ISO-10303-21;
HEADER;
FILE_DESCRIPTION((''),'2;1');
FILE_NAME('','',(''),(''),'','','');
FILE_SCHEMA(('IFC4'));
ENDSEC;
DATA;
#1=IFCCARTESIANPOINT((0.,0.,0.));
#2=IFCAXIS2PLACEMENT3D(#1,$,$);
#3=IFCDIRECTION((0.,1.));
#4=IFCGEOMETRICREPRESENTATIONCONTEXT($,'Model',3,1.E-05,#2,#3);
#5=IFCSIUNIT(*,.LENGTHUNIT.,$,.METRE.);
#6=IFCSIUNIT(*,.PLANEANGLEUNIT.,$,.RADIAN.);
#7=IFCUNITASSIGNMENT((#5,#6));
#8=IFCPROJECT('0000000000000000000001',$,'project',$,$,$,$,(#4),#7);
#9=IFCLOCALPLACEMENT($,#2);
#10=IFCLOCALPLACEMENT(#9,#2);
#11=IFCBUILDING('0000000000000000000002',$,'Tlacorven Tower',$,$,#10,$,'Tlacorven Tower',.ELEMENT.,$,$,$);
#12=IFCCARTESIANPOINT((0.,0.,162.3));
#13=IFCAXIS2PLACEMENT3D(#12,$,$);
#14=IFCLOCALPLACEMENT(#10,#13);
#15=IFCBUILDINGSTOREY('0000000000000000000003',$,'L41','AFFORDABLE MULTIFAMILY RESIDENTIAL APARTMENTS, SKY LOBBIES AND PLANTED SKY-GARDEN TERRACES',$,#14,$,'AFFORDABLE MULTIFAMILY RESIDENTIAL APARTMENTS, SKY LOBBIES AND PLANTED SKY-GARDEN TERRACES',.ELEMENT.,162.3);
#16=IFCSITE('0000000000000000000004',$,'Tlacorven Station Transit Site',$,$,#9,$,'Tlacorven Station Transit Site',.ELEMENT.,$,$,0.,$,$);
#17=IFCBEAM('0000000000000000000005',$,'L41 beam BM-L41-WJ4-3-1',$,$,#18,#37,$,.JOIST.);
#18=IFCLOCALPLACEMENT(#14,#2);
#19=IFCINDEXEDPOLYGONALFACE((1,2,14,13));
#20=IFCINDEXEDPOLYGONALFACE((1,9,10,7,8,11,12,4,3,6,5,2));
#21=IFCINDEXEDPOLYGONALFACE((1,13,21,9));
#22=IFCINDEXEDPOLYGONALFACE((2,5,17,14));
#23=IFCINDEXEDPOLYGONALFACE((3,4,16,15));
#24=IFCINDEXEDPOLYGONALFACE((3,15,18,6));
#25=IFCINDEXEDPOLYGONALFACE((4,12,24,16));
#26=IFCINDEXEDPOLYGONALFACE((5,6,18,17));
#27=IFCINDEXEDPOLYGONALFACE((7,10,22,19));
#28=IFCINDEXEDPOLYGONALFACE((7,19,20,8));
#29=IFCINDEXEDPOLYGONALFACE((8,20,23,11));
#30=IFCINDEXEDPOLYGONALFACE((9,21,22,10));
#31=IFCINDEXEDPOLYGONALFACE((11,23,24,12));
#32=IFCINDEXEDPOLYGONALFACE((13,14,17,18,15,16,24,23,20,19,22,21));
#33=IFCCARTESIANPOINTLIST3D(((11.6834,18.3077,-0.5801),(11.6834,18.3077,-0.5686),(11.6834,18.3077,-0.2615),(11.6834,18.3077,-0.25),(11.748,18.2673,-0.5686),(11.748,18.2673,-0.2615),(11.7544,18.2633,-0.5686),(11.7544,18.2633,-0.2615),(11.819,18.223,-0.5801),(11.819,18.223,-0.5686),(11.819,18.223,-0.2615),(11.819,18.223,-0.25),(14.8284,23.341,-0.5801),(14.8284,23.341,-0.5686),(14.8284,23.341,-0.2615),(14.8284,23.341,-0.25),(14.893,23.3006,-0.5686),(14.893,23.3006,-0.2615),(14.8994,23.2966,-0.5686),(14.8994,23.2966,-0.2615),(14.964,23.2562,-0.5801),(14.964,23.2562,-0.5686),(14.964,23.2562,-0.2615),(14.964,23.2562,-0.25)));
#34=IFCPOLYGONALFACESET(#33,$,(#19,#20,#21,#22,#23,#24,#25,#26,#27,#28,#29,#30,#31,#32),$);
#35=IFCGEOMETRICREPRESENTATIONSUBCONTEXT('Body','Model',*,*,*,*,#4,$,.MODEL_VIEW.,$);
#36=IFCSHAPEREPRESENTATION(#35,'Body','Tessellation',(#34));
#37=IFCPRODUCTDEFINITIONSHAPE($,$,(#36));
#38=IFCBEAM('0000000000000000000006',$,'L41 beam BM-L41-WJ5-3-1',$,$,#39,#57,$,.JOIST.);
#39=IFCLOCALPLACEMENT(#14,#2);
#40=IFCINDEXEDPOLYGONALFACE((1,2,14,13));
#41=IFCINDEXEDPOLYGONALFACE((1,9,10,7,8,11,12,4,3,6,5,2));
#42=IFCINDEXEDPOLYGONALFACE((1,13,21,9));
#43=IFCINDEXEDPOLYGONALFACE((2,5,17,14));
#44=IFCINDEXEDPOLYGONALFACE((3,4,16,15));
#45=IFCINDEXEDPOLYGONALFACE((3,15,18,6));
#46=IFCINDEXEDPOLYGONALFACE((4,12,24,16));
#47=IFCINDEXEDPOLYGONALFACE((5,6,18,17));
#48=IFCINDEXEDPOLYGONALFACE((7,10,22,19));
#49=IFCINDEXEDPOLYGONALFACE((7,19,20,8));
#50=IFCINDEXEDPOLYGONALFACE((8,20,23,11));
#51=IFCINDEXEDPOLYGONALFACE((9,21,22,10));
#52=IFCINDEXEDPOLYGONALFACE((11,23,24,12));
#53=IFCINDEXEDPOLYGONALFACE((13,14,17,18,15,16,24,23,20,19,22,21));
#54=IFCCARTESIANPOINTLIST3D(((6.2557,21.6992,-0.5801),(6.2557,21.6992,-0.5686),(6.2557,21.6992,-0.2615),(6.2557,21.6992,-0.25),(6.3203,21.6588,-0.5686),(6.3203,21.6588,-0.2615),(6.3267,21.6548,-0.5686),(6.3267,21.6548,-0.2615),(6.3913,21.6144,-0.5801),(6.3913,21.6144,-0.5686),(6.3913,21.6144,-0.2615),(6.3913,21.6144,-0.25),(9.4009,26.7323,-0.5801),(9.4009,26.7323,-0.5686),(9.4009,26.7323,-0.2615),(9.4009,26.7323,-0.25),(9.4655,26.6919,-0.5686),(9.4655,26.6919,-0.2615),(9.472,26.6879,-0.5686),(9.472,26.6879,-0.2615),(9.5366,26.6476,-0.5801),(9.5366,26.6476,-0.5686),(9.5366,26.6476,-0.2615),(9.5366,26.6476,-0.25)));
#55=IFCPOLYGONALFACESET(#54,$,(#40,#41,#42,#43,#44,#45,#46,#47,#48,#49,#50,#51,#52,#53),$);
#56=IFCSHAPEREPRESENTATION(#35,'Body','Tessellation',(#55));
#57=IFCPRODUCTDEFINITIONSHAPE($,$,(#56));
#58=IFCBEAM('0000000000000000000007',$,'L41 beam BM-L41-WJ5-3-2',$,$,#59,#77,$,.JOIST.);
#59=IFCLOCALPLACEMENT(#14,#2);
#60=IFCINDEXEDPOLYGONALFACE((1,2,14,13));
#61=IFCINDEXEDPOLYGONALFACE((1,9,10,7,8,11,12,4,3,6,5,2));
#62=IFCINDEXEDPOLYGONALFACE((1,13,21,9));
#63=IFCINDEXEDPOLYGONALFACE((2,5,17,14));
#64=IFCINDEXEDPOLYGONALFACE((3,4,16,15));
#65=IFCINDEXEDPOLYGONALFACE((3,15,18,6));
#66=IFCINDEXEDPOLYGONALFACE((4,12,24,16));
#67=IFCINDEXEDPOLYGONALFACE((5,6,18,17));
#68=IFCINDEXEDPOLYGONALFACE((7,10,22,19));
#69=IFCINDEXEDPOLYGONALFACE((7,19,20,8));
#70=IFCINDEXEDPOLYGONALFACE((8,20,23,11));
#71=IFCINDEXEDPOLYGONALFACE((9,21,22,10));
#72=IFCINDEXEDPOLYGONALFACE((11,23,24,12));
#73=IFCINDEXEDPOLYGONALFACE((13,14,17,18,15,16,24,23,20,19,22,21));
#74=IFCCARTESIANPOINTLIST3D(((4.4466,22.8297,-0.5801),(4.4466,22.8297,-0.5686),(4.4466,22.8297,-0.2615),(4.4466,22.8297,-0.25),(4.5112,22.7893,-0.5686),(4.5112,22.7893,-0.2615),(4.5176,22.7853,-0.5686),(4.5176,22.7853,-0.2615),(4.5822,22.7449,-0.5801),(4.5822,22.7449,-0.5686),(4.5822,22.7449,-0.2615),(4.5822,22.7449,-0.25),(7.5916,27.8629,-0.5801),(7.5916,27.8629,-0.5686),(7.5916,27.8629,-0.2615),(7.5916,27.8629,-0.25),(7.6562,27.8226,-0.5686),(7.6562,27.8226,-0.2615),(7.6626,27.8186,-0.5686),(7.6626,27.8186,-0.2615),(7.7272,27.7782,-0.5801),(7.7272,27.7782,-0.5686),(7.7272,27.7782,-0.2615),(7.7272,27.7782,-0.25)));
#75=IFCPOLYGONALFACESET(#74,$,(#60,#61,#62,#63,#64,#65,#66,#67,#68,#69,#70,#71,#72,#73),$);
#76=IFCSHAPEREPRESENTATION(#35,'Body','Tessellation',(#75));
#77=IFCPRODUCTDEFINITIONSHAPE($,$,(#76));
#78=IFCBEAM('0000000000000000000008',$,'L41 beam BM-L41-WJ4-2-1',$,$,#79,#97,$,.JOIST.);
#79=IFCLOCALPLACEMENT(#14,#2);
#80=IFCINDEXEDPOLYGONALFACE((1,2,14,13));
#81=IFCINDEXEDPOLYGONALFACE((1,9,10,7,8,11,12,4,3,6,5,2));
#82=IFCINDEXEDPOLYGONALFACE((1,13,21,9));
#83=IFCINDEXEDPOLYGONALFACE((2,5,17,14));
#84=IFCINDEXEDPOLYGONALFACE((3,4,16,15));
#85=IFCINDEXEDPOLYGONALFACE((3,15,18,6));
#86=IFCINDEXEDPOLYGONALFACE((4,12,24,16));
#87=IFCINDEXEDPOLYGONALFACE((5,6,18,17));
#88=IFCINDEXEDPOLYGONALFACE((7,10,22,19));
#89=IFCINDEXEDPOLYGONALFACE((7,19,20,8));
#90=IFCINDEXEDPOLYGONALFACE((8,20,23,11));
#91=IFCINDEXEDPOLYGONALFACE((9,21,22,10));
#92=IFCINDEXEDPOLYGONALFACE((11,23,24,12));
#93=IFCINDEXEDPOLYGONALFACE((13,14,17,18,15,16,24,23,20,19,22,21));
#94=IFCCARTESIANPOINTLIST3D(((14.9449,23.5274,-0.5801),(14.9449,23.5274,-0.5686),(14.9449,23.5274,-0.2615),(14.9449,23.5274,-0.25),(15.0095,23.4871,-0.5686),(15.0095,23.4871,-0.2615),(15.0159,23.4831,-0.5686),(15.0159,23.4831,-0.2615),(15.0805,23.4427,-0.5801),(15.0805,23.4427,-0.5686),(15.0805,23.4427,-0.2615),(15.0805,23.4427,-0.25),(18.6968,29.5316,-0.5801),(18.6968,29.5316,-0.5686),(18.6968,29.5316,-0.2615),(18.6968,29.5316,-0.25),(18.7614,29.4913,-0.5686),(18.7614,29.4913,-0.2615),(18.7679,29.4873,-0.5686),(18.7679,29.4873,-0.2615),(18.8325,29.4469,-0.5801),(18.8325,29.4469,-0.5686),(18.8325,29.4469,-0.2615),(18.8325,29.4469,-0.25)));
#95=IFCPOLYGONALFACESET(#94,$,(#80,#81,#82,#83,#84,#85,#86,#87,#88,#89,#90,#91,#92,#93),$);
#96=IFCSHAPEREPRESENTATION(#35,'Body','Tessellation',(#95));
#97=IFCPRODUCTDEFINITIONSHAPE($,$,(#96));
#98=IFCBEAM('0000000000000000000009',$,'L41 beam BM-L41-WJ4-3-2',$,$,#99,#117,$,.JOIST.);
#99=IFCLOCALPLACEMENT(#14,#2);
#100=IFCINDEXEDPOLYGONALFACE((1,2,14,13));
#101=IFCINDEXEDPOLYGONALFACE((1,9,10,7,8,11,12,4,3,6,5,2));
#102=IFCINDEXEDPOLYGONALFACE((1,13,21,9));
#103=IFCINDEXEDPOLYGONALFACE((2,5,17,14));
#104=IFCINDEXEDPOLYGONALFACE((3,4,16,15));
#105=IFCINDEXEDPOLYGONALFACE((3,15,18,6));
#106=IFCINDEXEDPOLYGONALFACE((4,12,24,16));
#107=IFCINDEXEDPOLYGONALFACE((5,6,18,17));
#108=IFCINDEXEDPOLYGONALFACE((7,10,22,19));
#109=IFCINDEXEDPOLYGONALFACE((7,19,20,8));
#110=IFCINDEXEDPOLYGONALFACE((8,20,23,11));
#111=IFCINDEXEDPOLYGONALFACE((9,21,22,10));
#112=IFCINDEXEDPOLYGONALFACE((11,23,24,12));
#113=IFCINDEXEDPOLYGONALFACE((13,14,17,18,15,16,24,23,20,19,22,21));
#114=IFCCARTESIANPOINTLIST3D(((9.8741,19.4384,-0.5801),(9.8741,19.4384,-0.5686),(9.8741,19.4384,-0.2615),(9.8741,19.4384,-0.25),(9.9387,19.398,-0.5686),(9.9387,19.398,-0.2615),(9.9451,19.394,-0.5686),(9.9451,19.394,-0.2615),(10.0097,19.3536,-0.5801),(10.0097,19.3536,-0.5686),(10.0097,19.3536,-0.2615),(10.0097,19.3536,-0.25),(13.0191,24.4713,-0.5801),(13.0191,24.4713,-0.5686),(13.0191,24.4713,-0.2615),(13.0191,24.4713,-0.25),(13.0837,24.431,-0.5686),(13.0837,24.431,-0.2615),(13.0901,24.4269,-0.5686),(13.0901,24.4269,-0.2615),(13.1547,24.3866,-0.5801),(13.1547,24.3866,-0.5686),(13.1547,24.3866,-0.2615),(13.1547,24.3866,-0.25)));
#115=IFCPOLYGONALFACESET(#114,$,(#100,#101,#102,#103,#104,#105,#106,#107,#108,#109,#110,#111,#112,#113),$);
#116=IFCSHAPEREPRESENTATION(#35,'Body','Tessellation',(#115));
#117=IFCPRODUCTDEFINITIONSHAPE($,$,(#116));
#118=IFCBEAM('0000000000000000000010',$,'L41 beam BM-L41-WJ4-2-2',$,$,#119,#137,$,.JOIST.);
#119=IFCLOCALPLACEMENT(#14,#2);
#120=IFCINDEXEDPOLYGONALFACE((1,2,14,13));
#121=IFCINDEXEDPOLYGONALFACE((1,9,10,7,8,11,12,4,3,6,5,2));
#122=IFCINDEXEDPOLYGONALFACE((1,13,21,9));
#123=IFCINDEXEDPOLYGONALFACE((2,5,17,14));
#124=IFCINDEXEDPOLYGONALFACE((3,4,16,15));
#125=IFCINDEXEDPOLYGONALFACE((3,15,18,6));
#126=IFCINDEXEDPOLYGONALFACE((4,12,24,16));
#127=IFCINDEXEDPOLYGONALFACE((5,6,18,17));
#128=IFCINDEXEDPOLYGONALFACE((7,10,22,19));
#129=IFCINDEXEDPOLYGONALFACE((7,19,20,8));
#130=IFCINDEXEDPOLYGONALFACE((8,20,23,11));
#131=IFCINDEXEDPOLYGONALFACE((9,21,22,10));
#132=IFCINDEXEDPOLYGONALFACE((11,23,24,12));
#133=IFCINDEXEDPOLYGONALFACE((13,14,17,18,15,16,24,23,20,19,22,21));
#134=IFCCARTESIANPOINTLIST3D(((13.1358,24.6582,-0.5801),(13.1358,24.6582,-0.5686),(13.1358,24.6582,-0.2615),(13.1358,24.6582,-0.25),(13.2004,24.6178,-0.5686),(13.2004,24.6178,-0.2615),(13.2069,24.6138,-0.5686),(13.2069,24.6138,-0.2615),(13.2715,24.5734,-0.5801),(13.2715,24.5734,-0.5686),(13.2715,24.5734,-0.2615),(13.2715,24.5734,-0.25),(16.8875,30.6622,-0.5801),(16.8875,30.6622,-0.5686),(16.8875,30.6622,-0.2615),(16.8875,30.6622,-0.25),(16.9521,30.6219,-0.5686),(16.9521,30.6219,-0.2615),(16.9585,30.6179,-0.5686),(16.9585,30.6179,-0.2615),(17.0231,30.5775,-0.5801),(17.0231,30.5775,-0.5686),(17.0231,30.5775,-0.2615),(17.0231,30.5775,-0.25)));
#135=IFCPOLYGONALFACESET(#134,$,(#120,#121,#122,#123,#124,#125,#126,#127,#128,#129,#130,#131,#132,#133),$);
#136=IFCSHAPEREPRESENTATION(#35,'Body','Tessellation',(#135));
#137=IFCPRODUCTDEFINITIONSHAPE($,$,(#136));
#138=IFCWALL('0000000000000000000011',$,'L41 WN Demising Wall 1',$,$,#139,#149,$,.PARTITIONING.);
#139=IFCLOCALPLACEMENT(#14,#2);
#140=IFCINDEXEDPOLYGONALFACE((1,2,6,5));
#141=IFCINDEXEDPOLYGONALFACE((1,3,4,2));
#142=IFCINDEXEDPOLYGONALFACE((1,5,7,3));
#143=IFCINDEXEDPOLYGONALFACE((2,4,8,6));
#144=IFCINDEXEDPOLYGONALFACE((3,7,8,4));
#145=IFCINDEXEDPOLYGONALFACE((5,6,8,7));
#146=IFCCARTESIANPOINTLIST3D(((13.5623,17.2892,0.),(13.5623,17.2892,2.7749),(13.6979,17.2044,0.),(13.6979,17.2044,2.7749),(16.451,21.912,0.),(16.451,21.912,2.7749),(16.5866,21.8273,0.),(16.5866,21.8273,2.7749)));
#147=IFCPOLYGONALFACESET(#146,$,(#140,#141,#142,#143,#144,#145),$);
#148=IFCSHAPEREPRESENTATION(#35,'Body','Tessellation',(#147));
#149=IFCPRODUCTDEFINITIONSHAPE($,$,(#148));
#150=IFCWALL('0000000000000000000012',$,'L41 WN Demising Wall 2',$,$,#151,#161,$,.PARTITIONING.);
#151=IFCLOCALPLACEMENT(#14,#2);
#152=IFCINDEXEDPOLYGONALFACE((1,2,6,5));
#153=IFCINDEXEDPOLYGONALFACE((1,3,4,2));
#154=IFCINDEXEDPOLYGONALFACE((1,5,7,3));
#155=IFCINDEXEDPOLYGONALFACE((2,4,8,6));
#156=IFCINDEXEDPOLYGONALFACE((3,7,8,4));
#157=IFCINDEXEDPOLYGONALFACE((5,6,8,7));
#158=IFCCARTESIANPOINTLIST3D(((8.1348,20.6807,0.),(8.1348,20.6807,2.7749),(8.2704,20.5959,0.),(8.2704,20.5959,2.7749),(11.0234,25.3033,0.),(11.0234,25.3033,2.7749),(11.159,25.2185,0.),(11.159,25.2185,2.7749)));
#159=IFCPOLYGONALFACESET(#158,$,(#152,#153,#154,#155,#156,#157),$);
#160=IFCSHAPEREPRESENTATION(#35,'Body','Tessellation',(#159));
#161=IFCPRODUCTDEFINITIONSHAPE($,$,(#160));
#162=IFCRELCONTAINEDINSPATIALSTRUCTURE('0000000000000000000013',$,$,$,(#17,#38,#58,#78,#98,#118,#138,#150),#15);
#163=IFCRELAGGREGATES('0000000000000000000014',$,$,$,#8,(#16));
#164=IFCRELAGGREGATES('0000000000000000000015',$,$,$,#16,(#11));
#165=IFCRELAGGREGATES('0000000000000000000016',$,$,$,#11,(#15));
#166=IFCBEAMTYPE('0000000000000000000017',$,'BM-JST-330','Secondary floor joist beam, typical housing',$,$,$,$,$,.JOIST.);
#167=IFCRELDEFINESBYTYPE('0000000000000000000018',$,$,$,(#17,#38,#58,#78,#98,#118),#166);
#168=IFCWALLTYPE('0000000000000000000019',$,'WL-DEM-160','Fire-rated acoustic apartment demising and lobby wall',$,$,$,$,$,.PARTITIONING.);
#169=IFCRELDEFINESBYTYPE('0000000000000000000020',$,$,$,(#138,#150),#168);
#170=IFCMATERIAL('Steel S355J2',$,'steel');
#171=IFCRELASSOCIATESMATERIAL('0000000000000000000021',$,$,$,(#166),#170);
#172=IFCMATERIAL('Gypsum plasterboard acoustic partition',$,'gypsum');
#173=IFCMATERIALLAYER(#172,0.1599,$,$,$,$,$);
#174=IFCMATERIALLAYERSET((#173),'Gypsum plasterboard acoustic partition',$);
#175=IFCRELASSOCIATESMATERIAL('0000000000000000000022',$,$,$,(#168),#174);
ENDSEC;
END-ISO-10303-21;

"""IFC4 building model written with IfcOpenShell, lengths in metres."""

from ifc_helpers import new_model, si_unit, direction, frame, frame_2d, origin, origin_2d, place, context, subcontext, project, spatial, rectangle, i_section, extrude, source, transform, mapped, material, layer, layer_set, material_profile, profile_set, type_object, element, save


model = new_model("IFC4")

# Units and contexts
model_context = context("Model", 3, precision=1e-05, world=origin(), true_north=direction((0.0, 1.0)))
body_context = subcontext(model_context, "Body", "Model", "MODEL_VIEW")
ifc_project = project(units=[si_unit("LENGTHUNIT", "METRE"), si_unit("PLANEANGLEUNIT", "RADIAN")], contexts=[model_context])

# Site, building, storey
site_placement = place(None, origin())
site = spatial("IfcSite", under=ifc_project, at=site_placement, Name="Tlacorven Station Transit Site", LongName="Tlacorven Station Transit Site", CompositionType="ELEMENT", RefElevation=0.0)
building_placement = place(site_placement, origin())
building = spatial("IfcBuilding", under=site, at=building_placement, Name="Tlacorven Tower", LongName="Tlacorven Tower", CompositionType="ELEMENT")
storey_placement = place(building_placement, frame((0.0, 0.0, 162.3)))
storey = spatial("IfcBuildingStorey", under=building, at=storey_placement, Name="L41", Description="AFFORDABLE MULTIFAMILY RESIDENTIAL APARTMENTS, SKY LOBBIES AND PLANTED SKY-GARDEN TERRACES", LongName="AFFORDABLE MULTIFAMILY RESIDENTIAL APARTMENTS, SKY LOBBIES AND PLANTED SKY-GARDEN TERRACES", CompositionType="ELEMENT", Elevation=162.3)

# Beams
ifc_material_1 = material(Name="Steel S355J2", Category="steel")
ifc_material_profile_1 = material_profile(ifc_material_1, i_section(OverallWidth=0.1599, OverallDepth=0.3301, WebThickness=0.0076, FlangeThickness=0.0115, at=origin_2d()), Name="IPE 330")
ifc_profile_set_1 = profile_set([ifc_material_profile_1], Name="Steel S355J2")
beam_type_1 = type_object("IfcBeamType", Name="BM-JST-330", Description="Secondary floor joist beam, typical housing", PredefinedType="JOIST", material=ifc_profile_set_1)
shared_shape_1 = source(origin(), body_context, "Body", "SweptSolid", [
    extrude(i_section(OverallWidth=0.1599, OverallDepth=0.3301, WebThickness=0.0076, FlangeThickness=0.0115, at=origin_2d()), origin(), (0.0, 0.0, 1.0), 5.9351),
])
for number, where, z_axis, x_axis, name in (
    (1, (14.8962, 23.2986, -0.415), (-0.52991, -0.848054, 0.0), (0.848054, -0.52991, 0.0), "L41 beam BM-L41-WJ4-3-1"),
    (2, (9.4688, 26.6899, -0.415), (-0.52994, -0.848035, 0.0), (0.848035, -0.52994, 0.0), "L41 beam BM-L41-WJ5-3-1"),
    (3, (7.6594, 27.8206, -0.415), (-0.52991, -0.848054, 0.0), (0.848054, -0.52991, 0.0), "L41 beam BM-L41-WJ5-3-2"),
):
    element("IfcBeam", number, at=place(storey_placement, frame(where, z_axis=z_axis, x_axis=x_axis)), inside=storey, type_object=beam_type_1, Name=name, PredefinedType="JOIST", context=body_context, shape_type="MappedRepresentation", body=[
        mapped(shared_shape_1, transform((0.0, 0.0, 0.0), scale=1.0)),
    ])
shared_shape_2 = source(origin(), body_context, "Body", "SweptSolid", [
    extrude(i_section(OverallWidth=0.1599, OverallDepth=0.3301, WebThickness=0.0076, FlangeThickness=0.0115, at=origin_2d()), origin(), (0.0, 0.0, 1.0), 7.0801),
])
beam_1_placement = place(storey_placement, frame((18.7646, 29.4893, -0.415), z_axis=(-0.529934, -0.848039, 0.0), x_axis=(0.848039, -0.529934, 0.0)))
element("IfcBeam", 4, at=beam_1_placement, inside=storey, type_object=beam_type_1, Name="L41 beam BM-L41-WJ4-2-1", PredefinedType="JOIST", context=body_context, shape_type="MappedRepresentation", body=[
    mapped(shared_shape_2, transform((0.0, 0.0, 0.0), scale=1.0)),
])
shared_shape_3 = source(origin(), body_context, "Body", "SweptSolid", [
    extrude(i_section(OverallWidth=0.1599, OverallDepth=0.3301, WebThickness=0.0076, FlangeThickness=0.0115, at=origin_2d()), origin(), (0.0, 0.0, 1.0), 5.9348),
])
beam_2_placement = place(storey_placement, frame((13.0869, 24.429, -0.415), z_axis=(-0.529929, -0.848042, 0.0), x_axis=(0.848042, -0.529929, 0.0)))
element("IfcBeam", 5, at=beam_2_placement, inside=storey, type_object=beam_type_1, Name="L41 beam BM-L41-WJ4-3-2", PredefinedType="JOIST", context=body_context, shape_type="MappedRepresentation", body=[
    mapped(shared_shape_3, transform((0.0, 0.0, 0.0), scale=1.0)),
])
shared_shape_4 = source(origin(), body_context, "Body", "SweptSolid", [
    extrude(i_section(OverallWidth=0.1599, OverallDepth=0.3301, WebThickness=0.0076, FlangeThickness=0.0115, at=origin_2d()), origin(), (0.0, 0.0, 1.0), 7.0798),
])
beam_3_placement = place(storey_placement, frame((16.9553, 30.6199, -0.415), z_axis=(-0.529909, -0.848054, 0.0), x_axis=(0.848054, -0.529909, 0.0)))
element("IfcBeam", 6, at=beam_3_placement, inside=storey, type_object=beam_type_1, Name="L41 beam BM-L41-WJ4-2-2", PredefinedType="JOIST", context=body_context, shape_type="MappedRepresentation", body=[
    mapped(shared_shape_4, transform((0.0, 0.0, 0.0), scale=1.0)),
])

# Walls
ifc_material_2 = material(Name="Gypsum plasterboard acoustic partition", Category="gypsum")
ifc_layer_1 = layer(ifc_material_2, 0.1599)
ifc_layer_set_1 = layer_set([ifc_layer_1], Name="Gypsum plasterboard acoustic partition")
wall_type_1 = type_object("IfcWallType", Name="WL-DEM-160", Description="Fire-rated acoustic apartment demising and lobby wall", PredefinedType="PARTITIONING", material=ifc_layer_set_1)
wall_1_placement = place(storey_placement, frame((16.5188, 21.8696, 0.0), z_axis=(0.0, 0.0, 1.0), x_axis=(-0.529922, -0.848046, 0.0)))
element("IfcWall", 7, at=wall_1_placement, inside=storey, type_object=wall_type_1, Name="L41 WN Demising Wall 1", PredefinedType="PARTITIONING", context=body_context, shape_type="SweptSolid", body=[
    extrude(rectangle(XDim=5.4512, YDim=0.1599, at=frame_2d((2.7256, 0.0))), origin(), (0.0, 0.0, 1.0), 2.7749),
])
wall_2_placement = place(storey_placement, frame((11.0913, 25.261, 0.0), z_axis=(0.0, 0.0, 1.0), x_axis=(-0.529943, -0.848034, 0.0)))
element("IfcWall", 8, at=wall_2_placement, inside=storey, type_object=wall_type_1, Name="L41 WN Demising Wall 2", PredefinedType="PARTITIONING", context=body_context, shape_type="SweptSolid", body=[
    extrude(rectangle(XDim=5.4509, YDim=0.1599, at=frame_2d((2.7256, 0.0))), origin(), (0.0, 0.0, 1.0), 2.7749),
])

save(model, "model.ifc")
